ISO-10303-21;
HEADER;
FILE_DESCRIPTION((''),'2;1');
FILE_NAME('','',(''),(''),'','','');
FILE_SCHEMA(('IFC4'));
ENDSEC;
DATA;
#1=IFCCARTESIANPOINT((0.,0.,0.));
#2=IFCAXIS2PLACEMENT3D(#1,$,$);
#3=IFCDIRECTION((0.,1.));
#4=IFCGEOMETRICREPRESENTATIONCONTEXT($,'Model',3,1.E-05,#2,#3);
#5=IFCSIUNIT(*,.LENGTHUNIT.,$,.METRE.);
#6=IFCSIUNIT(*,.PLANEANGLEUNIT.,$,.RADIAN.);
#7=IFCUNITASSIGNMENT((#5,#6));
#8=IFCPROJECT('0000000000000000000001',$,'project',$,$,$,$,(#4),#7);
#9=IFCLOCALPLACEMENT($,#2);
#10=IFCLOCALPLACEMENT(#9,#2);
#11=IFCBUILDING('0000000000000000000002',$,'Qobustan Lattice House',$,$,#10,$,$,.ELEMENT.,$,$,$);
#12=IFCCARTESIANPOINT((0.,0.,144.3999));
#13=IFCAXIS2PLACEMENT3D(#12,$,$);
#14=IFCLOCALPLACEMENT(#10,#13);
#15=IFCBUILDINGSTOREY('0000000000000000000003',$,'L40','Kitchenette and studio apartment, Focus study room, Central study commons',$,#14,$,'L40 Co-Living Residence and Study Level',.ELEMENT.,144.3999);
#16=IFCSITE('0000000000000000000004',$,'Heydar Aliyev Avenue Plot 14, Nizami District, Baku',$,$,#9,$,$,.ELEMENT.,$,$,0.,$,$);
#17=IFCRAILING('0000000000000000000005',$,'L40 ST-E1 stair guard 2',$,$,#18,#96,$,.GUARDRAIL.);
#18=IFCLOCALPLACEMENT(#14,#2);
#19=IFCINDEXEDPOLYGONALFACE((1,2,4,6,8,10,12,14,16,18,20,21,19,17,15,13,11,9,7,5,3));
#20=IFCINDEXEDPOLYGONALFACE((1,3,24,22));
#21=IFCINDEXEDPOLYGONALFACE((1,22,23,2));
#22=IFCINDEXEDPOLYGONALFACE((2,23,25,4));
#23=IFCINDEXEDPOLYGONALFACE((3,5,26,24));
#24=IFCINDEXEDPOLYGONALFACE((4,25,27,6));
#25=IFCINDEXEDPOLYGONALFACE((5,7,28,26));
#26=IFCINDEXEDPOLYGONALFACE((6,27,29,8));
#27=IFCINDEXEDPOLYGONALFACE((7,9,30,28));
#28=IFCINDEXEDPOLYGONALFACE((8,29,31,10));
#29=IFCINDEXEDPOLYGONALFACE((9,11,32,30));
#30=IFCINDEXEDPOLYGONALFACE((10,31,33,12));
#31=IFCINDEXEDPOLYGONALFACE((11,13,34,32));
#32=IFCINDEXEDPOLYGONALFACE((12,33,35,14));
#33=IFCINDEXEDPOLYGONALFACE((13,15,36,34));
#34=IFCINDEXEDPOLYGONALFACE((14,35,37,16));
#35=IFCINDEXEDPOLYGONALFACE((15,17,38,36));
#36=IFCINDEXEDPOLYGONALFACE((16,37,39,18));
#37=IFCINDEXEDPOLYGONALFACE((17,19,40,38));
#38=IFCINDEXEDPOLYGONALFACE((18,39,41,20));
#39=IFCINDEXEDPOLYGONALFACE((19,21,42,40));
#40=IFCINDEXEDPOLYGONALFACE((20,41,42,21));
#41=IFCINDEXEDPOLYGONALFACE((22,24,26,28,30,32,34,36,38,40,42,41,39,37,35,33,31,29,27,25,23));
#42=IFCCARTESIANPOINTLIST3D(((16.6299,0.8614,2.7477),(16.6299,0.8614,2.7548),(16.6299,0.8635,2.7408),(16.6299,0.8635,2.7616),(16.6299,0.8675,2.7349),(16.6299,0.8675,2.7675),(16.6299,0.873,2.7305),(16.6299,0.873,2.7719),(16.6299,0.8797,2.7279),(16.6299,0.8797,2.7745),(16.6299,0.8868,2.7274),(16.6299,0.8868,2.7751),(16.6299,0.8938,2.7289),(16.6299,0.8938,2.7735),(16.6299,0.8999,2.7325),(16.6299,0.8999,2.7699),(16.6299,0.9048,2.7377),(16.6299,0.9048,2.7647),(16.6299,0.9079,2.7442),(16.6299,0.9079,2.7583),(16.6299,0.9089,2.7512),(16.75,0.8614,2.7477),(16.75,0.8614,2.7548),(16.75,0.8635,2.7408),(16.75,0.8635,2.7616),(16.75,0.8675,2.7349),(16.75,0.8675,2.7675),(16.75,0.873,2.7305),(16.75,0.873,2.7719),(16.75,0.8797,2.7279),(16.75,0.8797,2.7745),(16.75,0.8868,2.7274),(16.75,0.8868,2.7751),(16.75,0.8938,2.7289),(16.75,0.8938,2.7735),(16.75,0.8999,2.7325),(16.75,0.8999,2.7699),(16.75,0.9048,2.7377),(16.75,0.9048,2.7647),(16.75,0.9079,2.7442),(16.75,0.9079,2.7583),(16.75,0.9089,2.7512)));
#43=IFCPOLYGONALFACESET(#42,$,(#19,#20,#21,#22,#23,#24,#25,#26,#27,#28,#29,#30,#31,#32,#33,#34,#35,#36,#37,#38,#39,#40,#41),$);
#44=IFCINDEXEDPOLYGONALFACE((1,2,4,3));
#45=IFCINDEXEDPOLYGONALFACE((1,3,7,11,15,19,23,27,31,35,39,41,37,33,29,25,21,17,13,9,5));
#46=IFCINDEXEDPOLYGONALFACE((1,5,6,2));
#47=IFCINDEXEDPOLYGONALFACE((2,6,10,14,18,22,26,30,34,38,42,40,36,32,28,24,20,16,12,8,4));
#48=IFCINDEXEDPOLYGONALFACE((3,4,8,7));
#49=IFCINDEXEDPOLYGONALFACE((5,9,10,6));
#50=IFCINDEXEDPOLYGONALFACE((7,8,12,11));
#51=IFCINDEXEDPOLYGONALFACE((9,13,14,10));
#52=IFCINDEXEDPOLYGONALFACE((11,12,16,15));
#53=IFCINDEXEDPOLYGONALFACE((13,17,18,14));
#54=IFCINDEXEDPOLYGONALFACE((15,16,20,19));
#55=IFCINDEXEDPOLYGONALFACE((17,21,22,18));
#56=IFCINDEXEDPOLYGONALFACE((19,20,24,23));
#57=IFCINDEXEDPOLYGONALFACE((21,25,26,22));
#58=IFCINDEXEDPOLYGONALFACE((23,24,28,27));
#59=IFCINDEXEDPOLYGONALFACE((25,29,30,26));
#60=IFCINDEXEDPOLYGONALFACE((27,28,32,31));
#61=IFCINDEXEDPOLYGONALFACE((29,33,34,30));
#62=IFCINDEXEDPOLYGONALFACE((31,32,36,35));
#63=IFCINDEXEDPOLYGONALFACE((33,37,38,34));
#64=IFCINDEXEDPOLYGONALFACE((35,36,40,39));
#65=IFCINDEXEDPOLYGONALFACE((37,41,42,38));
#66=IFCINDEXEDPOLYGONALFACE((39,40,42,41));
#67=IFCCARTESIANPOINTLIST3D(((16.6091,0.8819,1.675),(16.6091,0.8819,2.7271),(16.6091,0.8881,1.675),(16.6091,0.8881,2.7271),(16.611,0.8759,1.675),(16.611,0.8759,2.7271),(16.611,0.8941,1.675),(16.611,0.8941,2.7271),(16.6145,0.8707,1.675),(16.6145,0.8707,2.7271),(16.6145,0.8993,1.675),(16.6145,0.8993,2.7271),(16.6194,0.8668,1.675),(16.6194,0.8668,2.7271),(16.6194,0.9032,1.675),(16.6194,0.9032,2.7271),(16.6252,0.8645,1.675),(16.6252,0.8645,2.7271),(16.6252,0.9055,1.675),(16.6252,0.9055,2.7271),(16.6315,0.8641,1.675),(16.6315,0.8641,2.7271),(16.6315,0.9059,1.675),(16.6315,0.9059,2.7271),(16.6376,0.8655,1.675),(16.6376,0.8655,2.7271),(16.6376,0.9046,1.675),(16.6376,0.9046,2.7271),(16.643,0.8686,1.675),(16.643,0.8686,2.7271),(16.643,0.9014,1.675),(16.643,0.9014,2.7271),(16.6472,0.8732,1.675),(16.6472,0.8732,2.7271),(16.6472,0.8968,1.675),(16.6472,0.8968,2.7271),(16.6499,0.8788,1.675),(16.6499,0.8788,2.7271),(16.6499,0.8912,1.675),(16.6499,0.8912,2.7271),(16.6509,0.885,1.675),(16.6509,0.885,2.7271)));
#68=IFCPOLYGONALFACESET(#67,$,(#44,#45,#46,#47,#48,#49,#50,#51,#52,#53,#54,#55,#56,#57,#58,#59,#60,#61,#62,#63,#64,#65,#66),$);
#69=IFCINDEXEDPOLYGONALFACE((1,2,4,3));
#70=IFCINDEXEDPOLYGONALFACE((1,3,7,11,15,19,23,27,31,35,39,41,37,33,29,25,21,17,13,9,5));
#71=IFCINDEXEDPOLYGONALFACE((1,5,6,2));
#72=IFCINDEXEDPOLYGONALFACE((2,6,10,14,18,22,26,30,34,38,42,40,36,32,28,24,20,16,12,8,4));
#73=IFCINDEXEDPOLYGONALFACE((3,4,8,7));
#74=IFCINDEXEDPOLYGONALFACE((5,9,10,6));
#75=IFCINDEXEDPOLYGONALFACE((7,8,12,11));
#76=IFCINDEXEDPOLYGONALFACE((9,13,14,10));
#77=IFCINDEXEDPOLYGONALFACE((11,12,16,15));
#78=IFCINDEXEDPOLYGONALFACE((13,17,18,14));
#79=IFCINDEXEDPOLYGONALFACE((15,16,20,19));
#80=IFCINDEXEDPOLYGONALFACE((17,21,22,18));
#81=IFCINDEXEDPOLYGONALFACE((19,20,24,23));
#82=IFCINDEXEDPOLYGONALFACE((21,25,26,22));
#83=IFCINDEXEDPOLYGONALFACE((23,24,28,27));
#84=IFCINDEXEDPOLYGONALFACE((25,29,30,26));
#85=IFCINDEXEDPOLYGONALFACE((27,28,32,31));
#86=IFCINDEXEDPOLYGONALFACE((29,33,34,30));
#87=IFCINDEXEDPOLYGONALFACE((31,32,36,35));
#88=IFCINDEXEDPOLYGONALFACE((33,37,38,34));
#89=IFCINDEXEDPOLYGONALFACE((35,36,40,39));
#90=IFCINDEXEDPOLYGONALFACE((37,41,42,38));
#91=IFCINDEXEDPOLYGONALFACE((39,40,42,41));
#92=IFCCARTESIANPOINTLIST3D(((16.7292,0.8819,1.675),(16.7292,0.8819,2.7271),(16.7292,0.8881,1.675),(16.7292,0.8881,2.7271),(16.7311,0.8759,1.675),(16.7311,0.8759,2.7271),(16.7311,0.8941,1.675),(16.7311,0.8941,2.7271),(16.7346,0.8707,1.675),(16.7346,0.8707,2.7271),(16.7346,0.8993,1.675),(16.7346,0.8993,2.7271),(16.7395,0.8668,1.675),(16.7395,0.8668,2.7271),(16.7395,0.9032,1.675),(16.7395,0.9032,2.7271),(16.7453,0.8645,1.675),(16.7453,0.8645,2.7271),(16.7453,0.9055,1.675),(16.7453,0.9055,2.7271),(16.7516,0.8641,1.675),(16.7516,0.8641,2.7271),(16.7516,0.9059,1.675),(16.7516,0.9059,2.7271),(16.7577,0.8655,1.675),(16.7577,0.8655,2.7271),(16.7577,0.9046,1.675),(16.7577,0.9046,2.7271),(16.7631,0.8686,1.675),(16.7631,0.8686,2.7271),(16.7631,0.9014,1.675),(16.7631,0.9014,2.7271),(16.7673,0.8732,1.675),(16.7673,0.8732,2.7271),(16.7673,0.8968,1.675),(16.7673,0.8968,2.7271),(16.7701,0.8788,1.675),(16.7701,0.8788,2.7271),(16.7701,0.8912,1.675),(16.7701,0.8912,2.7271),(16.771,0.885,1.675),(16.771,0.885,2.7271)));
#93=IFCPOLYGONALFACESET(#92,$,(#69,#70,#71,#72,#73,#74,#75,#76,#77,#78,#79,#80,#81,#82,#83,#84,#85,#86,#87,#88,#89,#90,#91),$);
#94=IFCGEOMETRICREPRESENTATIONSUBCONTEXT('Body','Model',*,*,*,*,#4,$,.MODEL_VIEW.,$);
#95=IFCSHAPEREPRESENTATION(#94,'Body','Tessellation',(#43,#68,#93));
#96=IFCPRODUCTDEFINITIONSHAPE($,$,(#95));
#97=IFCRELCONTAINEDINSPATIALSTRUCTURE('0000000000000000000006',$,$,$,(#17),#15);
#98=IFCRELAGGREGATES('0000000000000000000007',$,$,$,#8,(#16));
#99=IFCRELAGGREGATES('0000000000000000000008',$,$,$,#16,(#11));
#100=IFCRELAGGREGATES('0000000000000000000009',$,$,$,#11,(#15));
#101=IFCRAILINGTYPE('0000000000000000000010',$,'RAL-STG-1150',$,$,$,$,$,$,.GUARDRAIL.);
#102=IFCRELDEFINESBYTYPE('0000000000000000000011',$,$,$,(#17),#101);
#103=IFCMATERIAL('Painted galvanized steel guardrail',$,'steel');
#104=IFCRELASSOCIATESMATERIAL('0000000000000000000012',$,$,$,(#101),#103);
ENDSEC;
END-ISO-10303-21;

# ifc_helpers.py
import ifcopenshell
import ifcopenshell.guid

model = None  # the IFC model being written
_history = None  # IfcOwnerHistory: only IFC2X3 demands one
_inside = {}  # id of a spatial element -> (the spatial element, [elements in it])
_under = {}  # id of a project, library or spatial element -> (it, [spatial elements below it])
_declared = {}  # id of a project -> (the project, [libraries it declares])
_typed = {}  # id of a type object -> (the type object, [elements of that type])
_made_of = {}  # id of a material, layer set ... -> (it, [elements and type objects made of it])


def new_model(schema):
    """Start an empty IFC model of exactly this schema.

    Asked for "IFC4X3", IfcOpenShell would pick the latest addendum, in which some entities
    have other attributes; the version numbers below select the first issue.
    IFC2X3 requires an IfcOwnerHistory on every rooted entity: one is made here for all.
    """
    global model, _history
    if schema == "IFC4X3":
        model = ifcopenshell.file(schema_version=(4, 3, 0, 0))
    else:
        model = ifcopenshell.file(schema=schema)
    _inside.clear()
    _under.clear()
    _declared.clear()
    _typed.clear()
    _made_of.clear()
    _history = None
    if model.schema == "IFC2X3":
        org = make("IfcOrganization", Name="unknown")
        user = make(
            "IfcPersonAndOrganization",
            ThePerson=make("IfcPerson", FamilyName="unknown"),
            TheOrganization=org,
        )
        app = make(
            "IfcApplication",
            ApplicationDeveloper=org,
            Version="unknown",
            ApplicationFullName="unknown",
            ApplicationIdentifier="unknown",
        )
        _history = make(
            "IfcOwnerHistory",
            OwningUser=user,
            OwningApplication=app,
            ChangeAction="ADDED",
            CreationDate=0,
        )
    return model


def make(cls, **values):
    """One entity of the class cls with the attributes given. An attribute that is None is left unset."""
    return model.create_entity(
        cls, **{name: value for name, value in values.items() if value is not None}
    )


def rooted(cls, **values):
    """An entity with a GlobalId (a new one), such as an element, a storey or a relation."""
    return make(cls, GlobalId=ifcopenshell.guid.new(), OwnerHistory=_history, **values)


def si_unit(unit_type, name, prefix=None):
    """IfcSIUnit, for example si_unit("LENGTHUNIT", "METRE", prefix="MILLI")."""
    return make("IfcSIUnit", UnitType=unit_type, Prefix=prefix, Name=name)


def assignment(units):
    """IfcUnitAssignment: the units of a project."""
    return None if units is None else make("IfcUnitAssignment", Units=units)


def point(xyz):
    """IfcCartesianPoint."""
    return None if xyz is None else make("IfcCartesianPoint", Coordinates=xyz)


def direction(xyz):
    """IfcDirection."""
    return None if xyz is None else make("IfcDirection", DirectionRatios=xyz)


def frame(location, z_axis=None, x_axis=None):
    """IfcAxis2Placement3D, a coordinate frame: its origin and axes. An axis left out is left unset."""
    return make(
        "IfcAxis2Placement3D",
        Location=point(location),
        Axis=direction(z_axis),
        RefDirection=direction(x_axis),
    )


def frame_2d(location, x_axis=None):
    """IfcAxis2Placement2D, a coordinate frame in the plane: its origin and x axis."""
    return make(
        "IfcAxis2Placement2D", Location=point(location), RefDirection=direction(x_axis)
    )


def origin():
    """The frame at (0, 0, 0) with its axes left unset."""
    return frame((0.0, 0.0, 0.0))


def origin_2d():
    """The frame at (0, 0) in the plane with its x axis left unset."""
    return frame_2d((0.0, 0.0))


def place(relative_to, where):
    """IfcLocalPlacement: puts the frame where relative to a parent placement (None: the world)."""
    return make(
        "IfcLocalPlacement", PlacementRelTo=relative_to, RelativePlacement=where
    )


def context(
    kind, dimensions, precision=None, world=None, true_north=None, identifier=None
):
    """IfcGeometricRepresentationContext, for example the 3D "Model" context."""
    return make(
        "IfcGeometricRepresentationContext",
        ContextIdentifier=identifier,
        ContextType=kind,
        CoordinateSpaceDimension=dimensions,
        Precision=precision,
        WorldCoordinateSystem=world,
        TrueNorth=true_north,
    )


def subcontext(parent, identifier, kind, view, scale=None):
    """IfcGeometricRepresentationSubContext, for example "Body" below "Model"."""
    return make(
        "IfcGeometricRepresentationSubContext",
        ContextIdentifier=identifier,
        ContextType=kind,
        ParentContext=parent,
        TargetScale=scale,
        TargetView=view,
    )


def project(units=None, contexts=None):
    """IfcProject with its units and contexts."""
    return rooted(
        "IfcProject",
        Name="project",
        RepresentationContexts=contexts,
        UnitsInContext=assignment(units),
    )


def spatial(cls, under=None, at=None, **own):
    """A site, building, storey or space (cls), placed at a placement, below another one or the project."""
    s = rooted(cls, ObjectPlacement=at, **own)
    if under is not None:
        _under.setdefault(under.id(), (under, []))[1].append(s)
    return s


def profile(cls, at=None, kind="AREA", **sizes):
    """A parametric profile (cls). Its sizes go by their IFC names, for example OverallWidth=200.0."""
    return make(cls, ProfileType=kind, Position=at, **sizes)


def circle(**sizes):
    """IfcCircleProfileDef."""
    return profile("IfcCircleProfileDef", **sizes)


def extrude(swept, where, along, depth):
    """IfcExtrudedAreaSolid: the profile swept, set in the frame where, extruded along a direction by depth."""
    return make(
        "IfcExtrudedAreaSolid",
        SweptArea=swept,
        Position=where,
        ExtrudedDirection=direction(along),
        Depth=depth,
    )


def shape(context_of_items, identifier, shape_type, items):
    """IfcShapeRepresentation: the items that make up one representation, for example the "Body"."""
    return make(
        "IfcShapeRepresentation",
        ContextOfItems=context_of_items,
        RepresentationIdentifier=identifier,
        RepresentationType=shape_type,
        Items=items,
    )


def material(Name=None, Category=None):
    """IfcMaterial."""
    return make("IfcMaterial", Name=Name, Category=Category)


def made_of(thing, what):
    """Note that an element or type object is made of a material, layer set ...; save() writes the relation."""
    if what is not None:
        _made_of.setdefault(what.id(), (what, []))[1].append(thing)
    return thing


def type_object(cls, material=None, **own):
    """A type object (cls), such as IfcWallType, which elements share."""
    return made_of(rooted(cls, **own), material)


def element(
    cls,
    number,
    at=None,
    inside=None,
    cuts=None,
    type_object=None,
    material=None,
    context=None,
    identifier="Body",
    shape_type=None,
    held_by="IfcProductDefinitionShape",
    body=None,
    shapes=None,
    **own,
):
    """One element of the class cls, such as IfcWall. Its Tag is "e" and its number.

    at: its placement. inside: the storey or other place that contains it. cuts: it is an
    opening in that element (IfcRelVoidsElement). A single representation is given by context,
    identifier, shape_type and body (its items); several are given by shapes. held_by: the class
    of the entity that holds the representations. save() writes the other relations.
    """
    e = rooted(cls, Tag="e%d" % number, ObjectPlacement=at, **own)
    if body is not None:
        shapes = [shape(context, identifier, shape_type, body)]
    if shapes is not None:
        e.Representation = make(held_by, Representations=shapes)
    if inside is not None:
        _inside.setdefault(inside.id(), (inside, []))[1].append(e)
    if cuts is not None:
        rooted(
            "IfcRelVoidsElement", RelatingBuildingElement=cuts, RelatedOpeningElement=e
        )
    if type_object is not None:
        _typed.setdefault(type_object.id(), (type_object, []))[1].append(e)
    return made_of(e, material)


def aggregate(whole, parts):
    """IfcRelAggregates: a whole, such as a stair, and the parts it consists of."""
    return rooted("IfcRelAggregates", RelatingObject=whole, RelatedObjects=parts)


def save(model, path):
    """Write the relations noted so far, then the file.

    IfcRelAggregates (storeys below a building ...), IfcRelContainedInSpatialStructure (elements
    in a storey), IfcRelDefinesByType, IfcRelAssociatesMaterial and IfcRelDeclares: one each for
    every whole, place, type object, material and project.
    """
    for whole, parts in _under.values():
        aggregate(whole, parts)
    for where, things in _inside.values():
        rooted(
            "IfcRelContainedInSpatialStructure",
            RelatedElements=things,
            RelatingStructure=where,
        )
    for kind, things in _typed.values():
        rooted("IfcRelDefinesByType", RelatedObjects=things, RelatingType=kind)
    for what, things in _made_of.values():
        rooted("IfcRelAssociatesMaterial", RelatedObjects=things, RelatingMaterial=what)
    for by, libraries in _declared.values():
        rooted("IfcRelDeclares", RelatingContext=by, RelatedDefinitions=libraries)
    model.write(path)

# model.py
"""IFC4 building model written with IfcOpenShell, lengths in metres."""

from ifc_helpers import new_model, si_unit, direction, frame, origin, origin_2d, place, context, subcontext, project, spatial, circle, extrude, material, type_object, element, save


model = new_model("IFC4")

# Units and contexts
model_context = context("Model", 3, precision=1e-05, world=origin(), true_north=direction((0.0, 1.0)))
body_context = subcontext(model_context, "Body", "Model", "MODEL_VIEW")
ifc_project = project(units=[si_unit("LENGTHUNIT", "METRE"), si_unit("PLANEANGLEUNIT", "RADIAN")], contexts=[model_context])

# Site, building, storey
site_placement = place(None, origin())
site = spatial("IfcSite", under=ifc_project, at=site_placement, Name="Heydar Aliyev Avenue Plot 14, Nizami District, Baku", CompositionType="ELEMENT", RefElevation=0.0)
building_placement = place(site_placement, origin())
building = spatial("IfcBuilding", under=site, at=building_placement, Name="Qobustan Lattice House", CompositionType="ELEMENT")
storey_placement = place(building_placement, frame((0.0, 0.0, 144.3999)))
storey = spatial("IfcBuildingStorey", under=building, at=storey_placement, Name="L40", Description="Kitchenette and studio apartment, Focus study room, Central study commons", LongName="L40 Co-Living Residence and Study Level", CompositionType="ELEMENT", Elevation=144.3999)

# Railing
ifc_material_1 = material(Name="Painted galvanized steel guardrail", Category="steel")
railing_type_1 = type_object("IfcRailingType", Name="RAL-STG-1150", PredefinedType="GUARDRAIL", material=ifc_material_1)
railing_1_placement = place(storey_placement, frame((16.6299, 0.885, 1.675)))
element("IfcRailing", 1, at=railing_1_placement, inside=storey, type_object=railing_type_1, Name="L40 ST-E1 stair guard 2", PredefinedType="GUARDRAIL", context=body_context, shape_type="SweptSolid", body=[
    extrude(circle(Radius=0.0239, at=origin_2d()), frame((0.0, 0.0, 1.0762), z_axis=(1.0, 0.0, 0.0), x_axis=(0.0, 1.0, 0.0)), (0.0, 0.0, 1.0), 0.1201),
    extrude(circle(Radius=0.021, at=origin_2d()), origin(), (0.0, 0.0, 1.0), 1.052),
    extrude(circle(Radius=0.021, at=origin_2d()), frame((0.1201, 0.0, 0.0)), (0.0, 0.0, 1.0), 1.052),
])

save(model, "model.ifc")
